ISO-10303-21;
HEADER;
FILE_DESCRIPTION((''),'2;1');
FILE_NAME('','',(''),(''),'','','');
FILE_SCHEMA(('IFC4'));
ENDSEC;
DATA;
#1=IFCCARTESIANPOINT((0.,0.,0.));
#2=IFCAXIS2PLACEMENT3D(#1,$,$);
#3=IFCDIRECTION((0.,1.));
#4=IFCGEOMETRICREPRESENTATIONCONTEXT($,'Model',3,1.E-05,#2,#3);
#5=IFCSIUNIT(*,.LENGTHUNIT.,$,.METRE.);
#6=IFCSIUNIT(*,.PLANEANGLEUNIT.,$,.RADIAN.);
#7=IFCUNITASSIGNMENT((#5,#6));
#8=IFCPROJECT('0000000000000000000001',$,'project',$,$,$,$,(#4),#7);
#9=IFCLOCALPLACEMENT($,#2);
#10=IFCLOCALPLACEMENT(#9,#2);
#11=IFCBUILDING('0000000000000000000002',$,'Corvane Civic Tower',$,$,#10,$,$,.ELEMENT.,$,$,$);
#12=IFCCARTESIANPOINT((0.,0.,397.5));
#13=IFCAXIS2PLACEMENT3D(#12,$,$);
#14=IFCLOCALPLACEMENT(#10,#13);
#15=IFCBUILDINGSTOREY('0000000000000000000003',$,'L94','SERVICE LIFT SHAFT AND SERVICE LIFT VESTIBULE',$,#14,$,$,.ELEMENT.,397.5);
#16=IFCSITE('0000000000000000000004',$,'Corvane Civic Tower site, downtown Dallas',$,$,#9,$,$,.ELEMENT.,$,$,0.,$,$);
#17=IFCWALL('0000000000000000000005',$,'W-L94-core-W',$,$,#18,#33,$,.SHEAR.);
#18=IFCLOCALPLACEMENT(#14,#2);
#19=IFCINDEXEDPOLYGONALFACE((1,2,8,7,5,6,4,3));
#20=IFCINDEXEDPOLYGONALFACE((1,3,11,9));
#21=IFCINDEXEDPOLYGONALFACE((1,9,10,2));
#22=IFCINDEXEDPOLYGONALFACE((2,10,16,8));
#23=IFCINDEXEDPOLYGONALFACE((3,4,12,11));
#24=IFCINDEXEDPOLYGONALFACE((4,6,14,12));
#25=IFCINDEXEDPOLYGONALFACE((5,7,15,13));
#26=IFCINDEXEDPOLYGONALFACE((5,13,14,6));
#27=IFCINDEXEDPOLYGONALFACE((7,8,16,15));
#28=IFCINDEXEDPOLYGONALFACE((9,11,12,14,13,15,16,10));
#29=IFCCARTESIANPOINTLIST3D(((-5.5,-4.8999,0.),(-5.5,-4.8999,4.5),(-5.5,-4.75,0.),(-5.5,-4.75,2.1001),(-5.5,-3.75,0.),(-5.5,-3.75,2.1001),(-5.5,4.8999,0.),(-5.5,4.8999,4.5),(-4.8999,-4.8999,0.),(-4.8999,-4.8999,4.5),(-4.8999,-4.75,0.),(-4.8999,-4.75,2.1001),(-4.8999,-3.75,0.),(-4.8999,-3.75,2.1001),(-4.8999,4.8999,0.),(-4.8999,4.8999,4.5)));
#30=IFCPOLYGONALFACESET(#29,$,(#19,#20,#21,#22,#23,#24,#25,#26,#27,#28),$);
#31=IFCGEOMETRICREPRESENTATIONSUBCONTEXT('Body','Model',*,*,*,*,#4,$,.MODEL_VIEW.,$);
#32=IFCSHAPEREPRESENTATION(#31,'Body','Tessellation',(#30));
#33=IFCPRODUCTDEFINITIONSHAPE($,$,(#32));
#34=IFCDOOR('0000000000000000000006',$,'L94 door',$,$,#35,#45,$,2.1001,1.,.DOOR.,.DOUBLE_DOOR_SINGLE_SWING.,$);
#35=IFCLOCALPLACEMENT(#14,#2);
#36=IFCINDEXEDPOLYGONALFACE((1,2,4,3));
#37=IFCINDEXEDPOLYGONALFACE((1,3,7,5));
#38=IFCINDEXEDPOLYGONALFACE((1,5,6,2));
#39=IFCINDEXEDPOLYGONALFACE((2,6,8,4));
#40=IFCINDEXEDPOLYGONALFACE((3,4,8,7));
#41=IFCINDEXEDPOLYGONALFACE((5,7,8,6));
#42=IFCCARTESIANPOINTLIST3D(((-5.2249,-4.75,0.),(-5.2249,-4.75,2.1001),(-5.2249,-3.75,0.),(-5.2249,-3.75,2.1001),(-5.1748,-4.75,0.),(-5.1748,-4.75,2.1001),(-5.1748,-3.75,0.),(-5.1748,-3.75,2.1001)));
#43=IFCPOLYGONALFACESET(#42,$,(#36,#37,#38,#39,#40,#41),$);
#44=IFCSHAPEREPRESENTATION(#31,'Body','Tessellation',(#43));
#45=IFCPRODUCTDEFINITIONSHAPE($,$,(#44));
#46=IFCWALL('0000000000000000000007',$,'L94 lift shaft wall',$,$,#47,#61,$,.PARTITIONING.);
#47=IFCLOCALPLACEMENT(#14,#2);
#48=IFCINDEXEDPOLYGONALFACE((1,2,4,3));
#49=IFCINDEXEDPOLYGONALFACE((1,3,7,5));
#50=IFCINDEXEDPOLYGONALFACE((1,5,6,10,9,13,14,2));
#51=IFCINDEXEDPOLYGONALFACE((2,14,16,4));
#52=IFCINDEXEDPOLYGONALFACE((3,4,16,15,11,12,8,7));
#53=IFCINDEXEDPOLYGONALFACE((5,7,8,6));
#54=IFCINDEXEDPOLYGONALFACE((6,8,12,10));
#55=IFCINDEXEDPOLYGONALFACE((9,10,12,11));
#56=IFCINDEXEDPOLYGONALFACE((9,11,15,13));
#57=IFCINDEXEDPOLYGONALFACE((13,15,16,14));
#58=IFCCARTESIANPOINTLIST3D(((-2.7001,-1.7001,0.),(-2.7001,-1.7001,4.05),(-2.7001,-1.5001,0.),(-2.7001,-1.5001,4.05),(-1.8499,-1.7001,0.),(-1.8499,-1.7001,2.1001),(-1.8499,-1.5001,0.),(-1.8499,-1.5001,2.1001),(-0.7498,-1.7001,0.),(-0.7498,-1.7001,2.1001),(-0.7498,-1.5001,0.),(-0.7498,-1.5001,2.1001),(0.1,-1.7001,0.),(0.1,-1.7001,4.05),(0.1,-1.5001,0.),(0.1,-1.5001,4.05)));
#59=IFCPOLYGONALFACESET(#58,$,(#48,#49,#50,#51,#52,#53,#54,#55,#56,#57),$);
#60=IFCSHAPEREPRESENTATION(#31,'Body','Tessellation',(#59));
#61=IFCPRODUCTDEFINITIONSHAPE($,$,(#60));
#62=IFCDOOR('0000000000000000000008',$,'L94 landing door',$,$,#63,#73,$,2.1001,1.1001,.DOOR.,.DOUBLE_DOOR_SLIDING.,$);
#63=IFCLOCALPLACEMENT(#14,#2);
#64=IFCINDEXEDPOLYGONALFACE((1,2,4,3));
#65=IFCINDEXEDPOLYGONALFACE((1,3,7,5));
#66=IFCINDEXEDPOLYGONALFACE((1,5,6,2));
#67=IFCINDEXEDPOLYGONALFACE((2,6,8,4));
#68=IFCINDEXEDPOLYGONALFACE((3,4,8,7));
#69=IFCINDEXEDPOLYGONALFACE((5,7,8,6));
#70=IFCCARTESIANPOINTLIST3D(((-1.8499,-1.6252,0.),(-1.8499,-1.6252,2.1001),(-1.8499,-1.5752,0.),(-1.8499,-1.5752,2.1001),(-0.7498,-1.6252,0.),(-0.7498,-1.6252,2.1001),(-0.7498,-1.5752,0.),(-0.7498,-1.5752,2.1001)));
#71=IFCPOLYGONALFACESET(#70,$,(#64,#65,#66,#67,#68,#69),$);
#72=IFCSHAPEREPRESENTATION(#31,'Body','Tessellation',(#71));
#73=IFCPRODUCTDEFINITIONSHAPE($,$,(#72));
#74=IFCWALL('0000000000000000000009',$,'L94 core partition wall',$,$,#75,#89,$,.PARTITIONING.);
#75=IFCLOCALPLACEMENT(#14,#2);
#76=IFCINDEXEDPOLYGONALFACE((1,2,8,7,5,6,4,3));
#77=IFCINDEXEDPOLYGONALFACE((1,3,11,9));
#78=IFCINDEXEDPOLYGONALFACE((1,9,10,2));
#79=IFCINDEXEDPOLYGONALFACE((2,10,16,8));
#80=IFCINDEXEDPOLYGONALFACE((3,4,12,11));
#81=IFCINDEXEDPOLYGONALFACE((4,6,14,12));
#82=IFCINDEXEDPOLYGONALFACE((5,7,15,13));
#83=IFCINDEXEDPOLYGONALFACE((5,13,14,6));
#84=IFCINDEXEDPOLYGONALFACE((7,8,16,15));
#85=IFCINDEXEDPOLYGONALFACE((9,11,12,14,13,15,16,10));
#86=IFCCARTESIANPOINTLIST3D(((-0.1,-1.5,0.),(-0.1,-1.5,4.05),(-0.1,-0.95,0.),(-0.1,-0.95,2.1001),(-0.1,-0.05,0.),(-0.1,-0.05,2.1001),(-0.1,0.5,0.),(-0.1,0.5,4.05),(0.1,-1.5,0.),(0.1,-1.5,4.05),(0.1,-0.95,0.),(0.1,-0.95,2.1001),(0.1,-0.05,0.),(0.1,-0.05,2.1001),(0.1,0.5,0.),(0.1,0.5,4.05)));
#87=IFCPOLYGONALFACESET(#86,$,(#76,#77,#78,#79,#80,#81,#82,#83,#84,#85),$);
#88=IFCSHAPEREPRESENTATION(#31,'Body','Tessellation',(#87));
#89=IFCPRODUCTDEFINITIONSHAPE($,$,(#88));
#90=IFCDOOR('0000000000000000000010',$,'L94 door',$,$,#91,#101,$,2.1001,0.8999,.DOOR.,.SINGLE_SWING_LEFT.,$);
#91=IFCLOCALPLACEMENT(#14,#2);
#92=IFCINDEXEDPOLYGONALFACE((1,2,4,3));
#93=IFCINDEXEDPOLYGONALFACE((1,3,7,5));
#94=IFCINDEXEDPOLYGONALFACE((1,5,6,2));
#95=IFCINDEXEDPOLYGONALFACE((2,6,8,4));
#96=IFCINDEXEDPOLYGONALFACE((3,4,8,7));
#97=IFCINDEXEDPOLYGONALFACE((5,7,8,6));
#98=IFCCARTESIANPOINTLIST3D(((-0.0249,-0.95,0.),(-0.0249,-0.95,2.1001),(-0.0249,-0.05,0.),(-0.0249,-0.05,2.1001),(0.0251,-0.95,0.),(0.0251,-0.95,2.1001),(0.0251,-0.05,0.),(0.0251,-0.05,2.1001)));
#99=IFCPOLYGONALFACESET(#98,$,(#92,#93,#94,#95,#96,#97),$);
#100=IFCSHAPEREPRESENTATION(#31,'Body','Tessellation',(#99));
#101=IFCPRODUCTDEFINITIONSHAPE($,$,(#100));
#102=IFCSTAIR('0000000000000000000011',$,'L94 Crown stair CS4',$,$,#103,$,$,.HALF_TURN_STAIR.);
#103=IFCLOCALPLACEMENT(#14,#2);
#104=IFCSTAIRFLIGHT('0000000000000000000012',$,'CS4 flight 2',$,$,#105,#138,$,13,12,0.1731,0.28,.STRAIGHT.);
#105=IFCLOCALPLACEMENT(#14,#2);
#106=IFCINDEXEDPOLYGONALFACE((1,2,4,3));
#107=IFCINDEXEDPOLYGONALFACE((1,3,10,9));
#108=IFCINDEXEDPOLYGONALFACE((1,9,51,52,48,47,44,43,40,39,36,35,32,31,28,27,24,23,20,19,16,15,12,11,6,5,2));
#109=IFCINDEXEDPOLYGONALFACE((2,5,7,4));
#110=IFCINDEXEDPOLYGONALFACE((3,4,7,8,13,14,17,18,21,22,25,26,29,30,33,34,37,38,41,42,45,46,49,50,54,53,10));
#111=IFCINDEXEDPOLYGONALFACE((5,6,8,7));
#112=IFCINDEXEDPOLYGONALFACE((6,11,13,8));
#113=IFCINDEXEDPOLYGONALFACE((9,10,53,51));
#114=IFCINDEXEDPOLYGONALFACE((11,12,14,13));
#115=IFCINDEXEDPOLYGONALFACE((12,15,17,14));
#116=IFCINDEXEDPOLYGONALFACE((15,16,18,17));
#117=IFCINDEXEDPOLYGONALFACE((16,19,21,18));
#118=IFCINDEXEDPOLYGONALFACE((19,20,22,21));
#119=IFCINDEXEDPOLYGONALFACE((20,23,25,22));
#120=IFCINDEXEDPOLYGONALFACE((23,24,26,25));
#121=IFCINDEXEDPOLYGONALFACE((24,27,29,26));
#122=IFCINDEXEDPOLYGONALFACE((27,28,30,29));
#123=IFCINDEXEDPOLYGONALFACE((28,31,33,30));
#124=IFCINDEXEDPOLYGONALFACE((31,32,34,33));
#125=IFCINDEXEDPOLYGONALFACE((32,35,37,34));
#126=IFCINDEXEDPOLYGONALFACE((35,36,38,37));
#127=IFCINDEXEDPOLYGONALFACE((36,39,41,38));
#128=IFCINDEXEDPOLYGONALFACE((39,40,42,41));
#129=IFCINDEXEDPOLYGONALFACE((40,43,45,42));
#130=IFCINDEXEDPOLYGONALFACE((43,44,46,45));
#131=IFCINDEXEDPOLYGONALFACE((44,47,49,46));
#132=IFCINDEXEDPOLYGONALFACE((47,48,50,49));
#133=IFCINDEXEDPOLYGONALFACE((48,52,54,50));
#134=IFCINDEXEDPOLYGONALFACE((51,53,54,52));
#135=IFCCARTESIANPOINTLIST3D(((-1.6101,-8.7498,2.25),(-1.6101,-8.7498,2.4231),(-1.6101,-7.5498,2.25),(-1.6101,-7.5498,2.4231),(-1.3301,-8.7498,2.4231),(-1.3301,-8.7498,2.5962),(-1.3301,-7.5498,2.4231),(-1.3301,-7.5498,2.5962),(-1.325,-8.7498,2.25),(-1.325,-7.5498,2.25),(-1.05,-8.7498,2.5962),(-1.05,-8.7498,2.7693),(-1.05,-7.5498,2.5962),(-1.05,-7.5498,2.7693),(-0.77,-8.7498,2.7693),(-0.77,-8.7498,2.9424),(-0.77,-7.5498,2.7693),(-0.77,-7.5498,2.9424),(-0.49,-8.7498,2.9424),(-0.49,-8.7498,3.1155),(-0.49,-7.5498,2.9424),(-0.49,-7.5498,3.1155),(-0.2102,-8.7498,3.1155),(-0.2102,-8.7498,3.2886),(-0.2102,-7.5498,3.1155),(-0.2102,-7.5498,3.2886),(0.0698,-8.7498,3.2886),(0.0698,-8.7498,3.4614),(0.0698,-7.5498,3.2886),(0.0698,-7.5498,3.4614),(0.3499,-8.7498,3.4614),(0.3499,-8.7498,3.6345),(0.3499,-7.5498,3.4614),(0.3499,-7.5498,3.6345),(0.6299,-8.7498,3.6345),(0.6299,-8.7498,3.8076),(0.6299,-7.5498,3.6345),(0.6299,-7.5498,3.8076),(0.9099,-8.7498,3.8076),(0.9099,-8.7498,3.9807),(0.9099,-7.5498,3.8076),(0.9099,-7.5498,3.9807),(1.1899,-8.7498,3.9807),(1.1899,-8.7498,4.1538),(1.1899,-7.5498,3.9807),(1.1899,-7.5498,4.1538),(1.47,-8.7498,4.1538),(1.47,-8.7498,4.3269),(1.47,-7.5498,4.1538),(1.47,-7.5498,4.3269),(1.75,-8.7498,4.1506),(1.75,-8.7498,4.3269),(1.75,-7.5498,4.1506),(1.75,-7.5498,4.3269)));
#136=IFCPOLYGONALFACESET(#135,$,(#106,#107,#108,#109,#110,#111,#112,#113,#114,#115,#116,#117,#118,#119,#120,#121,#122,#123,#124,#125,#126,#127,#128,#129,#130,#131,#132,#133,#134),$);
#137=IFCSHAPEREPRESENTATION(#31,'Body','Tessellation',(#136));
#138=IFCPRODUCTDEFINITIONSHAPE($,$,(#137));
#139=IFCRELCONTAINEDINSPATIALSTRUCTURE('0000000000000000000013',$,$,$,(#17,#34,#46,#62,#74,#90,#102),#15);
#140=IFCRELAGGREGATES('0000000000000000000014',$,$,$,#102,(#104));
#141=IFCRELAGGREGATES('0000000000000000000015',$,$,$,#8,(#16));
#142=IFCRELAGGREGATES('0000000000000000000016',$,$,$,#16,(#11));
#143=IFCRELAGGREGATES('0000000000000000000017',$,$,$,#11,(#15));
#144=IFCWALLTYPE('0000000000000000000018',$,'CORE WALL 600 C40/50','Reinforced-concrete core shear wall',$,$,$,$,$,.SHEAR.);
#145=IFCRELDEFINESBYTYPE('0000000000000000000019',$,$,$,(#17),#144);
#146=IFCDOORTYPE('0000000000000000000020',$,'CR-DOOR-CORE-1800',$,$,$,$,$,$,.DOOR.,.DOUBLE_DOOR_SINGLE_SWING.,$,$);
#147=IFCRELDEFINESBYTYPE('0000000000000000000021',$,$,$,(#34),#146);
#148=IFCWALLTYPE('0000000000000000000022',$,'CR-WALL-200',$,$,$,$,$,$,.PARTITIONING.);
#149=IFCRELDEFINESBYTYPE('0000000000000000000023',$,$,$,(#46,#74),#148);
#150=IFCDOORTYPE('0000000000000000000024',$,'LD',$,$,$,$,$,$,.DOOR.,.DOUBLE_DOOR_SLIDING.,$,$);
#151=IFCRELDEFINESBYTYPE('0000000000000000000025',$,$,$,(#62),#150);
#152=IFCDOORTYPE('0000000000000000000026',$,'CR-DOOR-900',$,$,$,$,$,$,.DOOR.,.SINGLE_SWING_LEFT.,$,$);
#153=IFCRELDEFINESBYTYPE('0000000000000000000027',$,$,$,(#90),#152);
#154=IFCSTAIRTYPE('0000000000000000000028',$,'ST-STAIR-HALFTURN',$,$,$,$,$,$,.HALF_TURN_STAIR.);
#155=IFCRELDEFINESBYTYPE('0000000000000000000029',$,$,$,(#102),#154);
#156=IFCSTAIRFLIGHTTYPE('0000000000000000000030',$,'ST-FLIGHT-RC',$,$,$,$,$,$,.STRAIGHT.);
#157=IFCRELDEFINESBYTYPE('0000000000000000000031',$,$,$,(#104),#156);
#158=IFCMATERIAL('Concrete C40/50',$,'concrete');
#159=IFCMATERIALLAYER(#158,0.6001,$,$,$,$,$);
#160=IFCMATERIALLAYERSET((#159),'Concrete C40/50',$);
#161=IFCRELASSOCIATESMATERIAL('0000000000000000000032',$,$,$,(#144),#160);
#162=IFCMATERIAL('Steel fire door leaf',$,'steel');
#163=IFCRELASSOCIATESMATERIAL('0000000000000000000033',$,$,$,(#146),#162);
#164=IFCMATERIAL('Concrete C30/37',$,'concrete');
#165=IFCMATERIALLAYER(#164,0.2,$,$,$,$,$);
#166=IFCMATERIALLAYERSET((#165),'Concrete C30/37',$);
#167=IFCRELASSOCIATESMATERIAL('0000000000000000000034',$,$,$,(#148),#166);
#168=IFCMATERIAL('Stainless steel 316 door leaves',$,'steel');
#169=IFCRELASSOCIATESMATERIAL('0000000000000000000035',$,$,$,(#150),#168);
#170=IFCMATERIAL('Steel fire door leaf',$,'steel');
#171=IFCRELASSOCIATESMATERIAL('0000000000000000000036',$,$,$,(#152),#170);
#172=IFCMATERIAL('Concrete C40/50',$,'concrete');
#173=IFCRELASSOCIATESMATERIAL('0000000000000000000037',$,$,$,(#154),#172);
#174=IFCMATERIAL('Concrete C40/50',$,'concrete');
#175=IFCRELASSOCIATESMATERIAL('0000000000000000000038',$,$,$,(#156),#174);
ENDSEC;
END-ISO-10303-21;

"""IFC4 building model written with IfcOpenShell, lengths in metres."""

from ifc_helpers import new_model, si_unit, direction, frame, frame_2d, origin, place, context, subcontext, project, spatial, polyline, rectangle, outline, extrude, material, layer, layer_set, type_object, element, fill, aggregate, save


model = new_model("IFC4")

# Units and contexts
model_context = context("Model", 3, precision=1e-05, world=origin(), true_north=direction((0.0, 1.0)))
body_context = subcontext(model_context, "Body", "Model", "MODEL_VIEW")
ifc_project = project(units=[si_unit("LENGTHUNIT", "METRE"), si_unit("PLANEANGLEUNIT", "RADIAN")], contexts=[model_context])

# Site, building, storey
site_placement = place(None, origin())
site = spatial("IfcSite", under=ifc_project, at=site_placement, Name="Corvane Civic Tower site, downtown Dallas", CompositionType="ELEMENT", RefElevation=0.0)
building_placement = place(site_placement, origin())
building = spatial("IfcBuilding", under=site, at=building_placement, Name="Corvane Civic Tower", CompositionType="ELEMENT")
storey_placement = place(building_placement, frame((0.0, 0.0, 397.5)))
storey = spatial("IfcBuildingStorey", under=building, at=storey_placement, Name="L94", Description="SERVICE LIFT SHAFT AND SERVICE LIFT VESTIBULE", CompositionType="ELEMENT", Elevation=397.5)

# Walls, openings, doors
ifc_material_1 = material(Name="Concrete C40/50", Category="concrete")
ifc_layer_1 = layer(ifc_material_1, 0.6001)
ifc_layer_set_1 = layer_set([ifc_layer_1], Name="Concrete C40/50")
wall_type_1 = type_object("IfcWallType", Name="CORE WALL 600 C40/50", Description="Reinforced-concrete core shear wall", PredefinedType="SHEAR", material=ifc_layer_set_1)
ifc_material_2 = material(Name="Steel fire door leaf", Category="steel")
door_type_1 = type_object("IfcDoorType", Name="CR-DOOR-CORE-1800", OperationType="DOUBLE_DOOR_SINGLE_SWING", PredefinedType="DOOR", material=ifc_material_2)
wall_1_placement = place(storey_placement, frame((-5.2, -4.8999, 0.0), z_axis=(0.0, 0.0, 1.0), x_axis=(0.0, 1.0, 0.0)))
wall_1 = element("IfcWall", 1, at=wall_1_placement, inside=storey, type_object=wall_type_1, Name="W-L94-core-W", PredefinedType="SHEAR", context=body_context, shape_type="SweptSolid", body=[
    extrude(rectangle(XDim=9.7998, YDim=0.6001, at=frame_2d((4.8999, 0.0))), origin(), (0.0, 0.0, 1.0), 4.5),
])
opening_1_placement = place(wall_1_placement, frame((0.1499, 0.0, 0.0)))
opening_1 = element("IfcOpeningElement", 2, at=opening_1_placement, cuts=wall_1, PredefinedType="OPENING", context=body_context, shape_type="SweptSolid", body=[
    extrude(rectangle(XDim=1.0, YDim=2.1001, at=frame_2d((0.5, 1.05))), frame((0.0, 0.3101, 0.0), z_axis=(0.0, -1.0, 0.0), x_axis=(1.0, 0.0, 0.0)), (0.0, 0.0, 1.0), 0.6201),
])
door_1_placement = place(opening_1_placement, origin())
door_1 = element("IfcDoor", 3, at=door_1_placement, inside=storey, type_object=door_type_1, Name="L94 door", OperationType="DOUBLE_DOOR_SINGLE_SWING", OverallHeight=2.1001, OverallWidth=1.0, PredefinedType="DOOR", context=body_context, shape_type="SweptSolid", body=[
    extrude(rectangle(XDim=1.0, YDim=2.1001, at=frame_2d((0.5, 1.05))), frame((0.0, 0.0249, 0.0), z_axis=(0.0, -1.0, 0.0), x_axis=(1.0, 0.0, 0.0)), (0.0, 0.0, 1.0), 0.05),
])
fill(opening_1, door_1)
ifc_material_3 = material(Name="Concrete C30/37", Category="concrete")
ifc_layer_2 = layer(ifc_material_3, 0.2)
ifc_layer_set_2 = layer_set([ifc_layer_2], Name="Concrete C30/37")
wall_type_2 = type_object("IfcWallType", Name="CR-WALL-200", PredefinedType="PARTITIONING", material=ifc_layer_set_2)
wall_2_placement = place(storey_placement, frame((-2.7, -1.6001, 0.0), z_axis=(0.0, 0.0, 1.0), x_axis=(1.0, 0.0, 0.0)))
wall_2 = element("IfcWall", 4, at=wall_2_placement, inside=storey, type_object=wall_type_2, Name="L94 lift shaft wall", PredefinedType="PARTITIONING", context=body_context, shape_type="SweptSolid", body=[
    extrude(rectangle(XDim=2.8, YDim=0.2, at=frame_2d((1.3999, 0.0))), origin(), (0.0, 0.0, 1.0), 4.05),
])
opening_2_placement = place(wall_2_placement, frame((0.8501, 0.0, 0.0)))
opening_2 = element("IfcOpeningElement", 5, at=opening_2_placement, cuts=wall_2, PredefinedType="OPENING", context=body_context, shape_type="SweptSolid", body=[
    extrude(rectangle(XDim=1.1001, YDim=2.1001, at=frame_2d((0.55, 1.05))), frame((0.0, 0.1099, 0.0), z_axis=(0.0, -1.0, 0.0), x_axis=(1.0, 0.0, 0.0)), (0.0, 0.0, 1.0), 0.22),
])
ifc_material_4 = material(Name="Stainless steel 316 door leaves", Category="steel")
door_type_2 = type_object("IfcDoorType", Name="LD", OperationType="DOUBLE_DOOR_SLIDING", PredefinedType="DOOR", material=ifc_material_4)
door_2_placement = place(opening_2_placement, origin())
door_2 = element("IfcDoor", 6, at=door_2_placement, inside=storey, type_object=door_type_2, Name="L94 landing door", OperationType="DOUBLE_DOOR_SLIDING", OverallHeight=2.1001, OverallWidth=1.1001, PredefinedType="DOOR", context=body_context, shape_type="SweptSolid", body=[
    extrude(rectangle(XDim=1.1001, YDim=2.1001, at=frame_2d((0.55, 1.05))), frame((0.0, 0.0249, 0.0), z_axis=(0.0, -1.0, 0.0), x_axis=(1.0, 0.0, 0.0)), (0.0, 0.0, 1.0), 0.05),
])
fill(opening_2, door_2)
wall_3_placement = place(storey_placement, frame((0.0, -1.5, 0.0), z_axis=(0.0, 0.0, 1.0), x_axis=(0.0, 1.0, 0.0)))
wall_3 = element("IfcWall", 7, at=wall_3_placement, inside=storey, type_object=wall_type_2, Name="L94 core partition wall", PredefinedType="PARTITIONING", context=body_context, shape_type="SweptSolid", body=[
    extrude(rectangle(XDim=2.0, YDim=0.2, at=frame_2d((1.0, 0.0))), origin(), (0.0, 0.0, 1.0), 4.05),
])
opening_3_placement = place(wall_3_placement, frame((0.55, 0.0, 0.0)))
opening_3 = element("IfcOpeningElement", 8, at=opening_3_placement, cuts=wall_3, PredefinedType="OPENING", context=body_context, shape_type="SweptSolid", body=[
    extrude(rectangle(XDim=0.8999, YDim=2.1001, at=frame_2d((0.45, 1.05))), frame((0.0, 0.1099, 0.0), z_axis=(0.0, -1.0, 0.0), x_axis=(1.0, 0.0, 0.0)), (0.0, 0.0, 1.0), 0.22),
])
ifc_material_5 = material(Name="Steel fire door leaf", Category="steel")
door_type_3 = type_object("IfcDoorType", Name="CR-DOOR-900", OperationType="SINGLE_SWING_LEFT", PredefinedType="DOOR", material=ifc_material_5)
door_3_placement = place(opening_3_placement, origin())
door_3 = element("IfcDoor", 9, at=door_3_placement, inside=storey, type_object=door_type_3, Name="L94 door", OperationType="SINGLE_SWING_LEFT", OverallHeight=2.1001, OverallWidth=0.8999, PredefinedType="DOOR", context=body_context, shape_type="SweptSolid", body=[
    extrude(rectangle(XDim=0.8999, YDim=2.1001, at=frame_2d((0.45, 1.05))), frame((0.0, 0.0249, 0.0), z_axis=(0.0, -1.0, 0.0), x_axis=(1.0, 0.0, 0.0)), (0.0, 0.0, 1.0), 0.05),
])
fill(opening_3, door_3)

# Stair, stair flight
ifc_material_6 = material(Name="Concrete C40/50", Category="concrete")
stair_type = type_object("IfcStairType", Name="ST-STAIR-HALFTURN", PredefinedType="HALF_TURN_STAIR", material=ifc_material_6)
stair_placement = place(storey_placement, origin())
stair = element("IfcStair", 10, at=stair_placement, inside=storey, type_object=stair_type, Name="L94 Crown stair CS4", PredefinedType="HALF_TURN_STAIR")
ifc_material_7 = material(Name="Concrete C40/50", Category="concrete")
stair_flight_type = type_object("IfcStairFlightType", Name="ST-FLIGHT-RC", PredefinedType="STRAIGHT", material=ifc_material_7)
stair_flight_placement = place(storey_placement, frame((-1.6101, -8.1499, 2.25), z_axis=(0.0, 0.0, 1.0), x_axis=(1.0, 0.0, 0.0)))
stair_flight = element("IfcStairFlight", 11, at=stair_flight_placement, type_object=stair_flight_type, Name="CS4 flight 2", NumberOfRisers=13, NumberOfTreads=12, PredefinedType="STRAIGHT", RiserHeight=0.1731, TreadLength=0.28, context=body_context, shape_type="SweptSolid", body=[
    extrude(outline(polyline([(0.0, 0.0), (0.0, 0.1731), (0.28, 0.1731), (0.28, 0.3462), (0.5601, 0.3462), (0.5601, 0.5193), (0.8401, 0.5193), (0.8401, 0.6924), (1.1201, 0.6924), (1.1201, 0.8655), (1.3999, 0.8655), (1.3999, 1.0386), (1.6799, 1.0386), (1.6799, 1.2114), (1.96, 1.2114), (1.96, 1.3845), (2.24, 1.3845), (2.24, 1.5576), (2.52, 1.5576), (2.52, 1.7307), (2.8, 1.7307), (2.8, 1.9038), (3.0801, 1.9038), (3.0801, 2.0769), (3.3601, 2.0769), (3.3601, 2.25), (3.3601, 1.9006), (0.2852, 0.0), (0.0, 0.0)])), frame((0.0, 0.6001, 0.0), z_axis=(0.0, -1.0, 0.0), x_axis=(1.0, 0.0, 0.0)), (0.0, 0.0, 1.0), 1.2),
])
aggregate(stair, [stair_flight])

save(model, "model.ifc")
